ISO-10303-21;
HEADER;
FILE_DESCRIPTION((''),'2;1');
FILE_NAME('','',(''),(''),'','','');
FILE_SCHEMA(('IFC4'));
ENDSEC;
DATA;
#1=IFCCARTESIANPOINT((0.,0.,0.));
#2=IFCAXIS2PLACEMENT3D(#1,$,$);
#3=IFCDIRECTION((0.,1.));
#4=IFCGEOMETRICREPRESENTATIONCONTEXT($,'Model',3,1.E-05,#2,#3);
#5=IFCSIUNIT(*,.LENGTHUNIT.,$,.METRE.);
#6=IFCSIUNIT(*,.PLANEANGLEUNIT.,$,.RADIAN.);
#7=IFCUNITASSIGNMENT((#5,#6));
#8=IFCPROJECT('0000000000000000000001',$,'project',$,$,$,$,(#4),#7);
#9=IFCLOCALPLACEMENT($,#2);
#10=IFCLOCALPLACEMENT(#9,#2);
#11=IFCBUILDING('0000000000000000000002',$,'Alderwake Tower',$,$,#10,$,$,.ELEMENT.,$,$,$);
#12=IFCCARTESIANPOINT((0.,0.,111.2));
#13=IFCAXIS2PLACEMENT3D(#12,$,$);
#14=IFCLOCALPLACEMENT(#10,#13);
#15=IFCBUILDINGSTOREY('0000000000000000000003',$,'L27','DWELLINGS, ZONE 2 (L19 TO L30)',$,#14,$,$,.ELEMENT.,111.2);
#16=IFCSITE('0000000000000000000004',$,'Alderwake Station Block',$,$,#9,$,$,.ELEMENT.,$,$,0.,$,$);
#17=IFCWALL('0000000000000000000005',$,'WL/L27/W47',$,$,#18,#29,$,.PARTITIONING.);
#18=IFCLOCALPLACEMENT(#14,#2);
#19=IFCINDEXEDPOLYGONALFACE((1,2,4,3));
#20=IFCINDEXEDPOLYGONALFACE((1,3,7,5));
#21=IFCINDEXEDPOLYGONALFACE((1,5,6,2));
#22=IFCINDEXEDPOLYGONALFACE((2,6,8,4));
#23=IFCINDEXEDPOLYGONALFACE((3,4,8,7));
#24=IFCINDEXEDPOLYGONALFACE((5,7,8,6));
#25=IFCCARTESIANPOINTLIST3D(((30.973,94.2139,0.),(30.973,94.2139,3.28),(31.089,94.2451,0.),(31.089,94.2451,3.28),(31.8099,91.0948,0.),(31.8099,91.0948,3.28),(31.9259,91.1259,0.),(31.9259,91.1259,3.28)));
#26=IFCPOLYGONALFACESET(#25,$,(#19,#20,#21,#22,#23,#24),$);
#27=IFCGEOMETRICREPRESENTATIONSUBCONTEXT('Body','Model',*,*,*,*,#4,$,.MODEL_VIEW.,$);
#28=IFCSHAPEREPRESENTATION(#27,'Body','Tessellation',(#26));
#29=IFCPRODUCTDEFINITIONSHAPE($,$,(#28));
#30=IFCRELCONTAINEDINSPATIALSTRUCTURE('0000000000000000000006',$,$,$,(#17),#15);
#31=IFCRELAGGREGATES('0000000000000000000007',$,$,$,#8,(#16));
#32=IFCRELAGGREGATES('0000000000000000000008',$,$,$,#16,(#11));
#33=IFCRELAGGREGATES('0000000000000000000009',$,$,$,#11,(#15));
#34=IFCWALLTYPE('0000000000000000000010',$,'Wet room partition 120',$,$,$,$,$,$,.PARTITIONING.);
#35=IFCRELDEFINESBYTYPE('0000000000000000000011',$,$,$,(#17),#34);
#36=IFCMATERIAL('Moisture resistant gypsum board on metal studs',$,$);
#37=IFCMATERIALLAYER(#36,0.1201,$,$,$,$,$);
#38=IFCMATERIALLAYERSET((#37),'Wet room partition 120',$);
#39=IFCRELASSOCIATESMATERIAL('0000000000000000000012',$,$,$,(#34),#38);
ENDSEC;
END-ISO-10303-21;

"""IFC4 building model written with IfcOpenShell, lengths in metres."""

from ifc_helpers import new_model, si_unit, direction, frame, frame_2d, origin, place, context, subcontext, project, spatial, rectangle, extrude, material, layer, layer_set, type_object, element, save


model = new_model("IFC4")

# Units and contexts
model_context = context("Model", 3, precision=1e-05, world=origin(), true_north=direction((0.0, 1.0)))
body_context = subcontext(model_context, "Body", "Model", "MODEL_VIEW")
ifc_project = project(units=[si_unit("LENGTHUNIT", "METRE"), si_unit("PLANEANGLEUNIT", "RADIAN")], contexts=[model_context])

# Site, building, storey
site_placement = place(None, origin())
site = spatial("IfcSite", under=ifc_project, at=site_placement, Name="Alderwake Station Block", CompositionType="ELEMENT", RefElevation=0.0)
building_placement = place(site_placement, origin())
building = spatial("IfcBuilding", under=site, at=building_placement, Name="Alderwake Tower", CompositionType="ELEMENT")
storey_placement = place(building_placement, frame((0.0, 0.0, 111.2)))
storey = spatial("IfcBuildingStorey", under=building, at=storey_placement, Name="L27", Description="DWELLINGS, ZONE 2 (L19 TO L30)", CompositionType="ELEMENT", Elevation=111.2)

# Wall
ifc_material_1 = material(Name="Moisture resistant gypsum board on metal studs")
ifc_layer_1 = layer(ifc_material_1, 0.1201)
ifc_layer_set_1 = layer_set([ifc_layer_1], Name="Wet room partition 120")
wall_type_1 = type_object("IfcWallType", Name="Wet room partition 120", PredefinedType="PARTITIONING", material=ifc_layer_set_1)
wall_1_placement = place(storey_placement, frame((31.031, 94.2295, 0.0), z_axis=(0.0, 0.0, 1.0), x_axis=(0.259149, -0.965837, 0.0)))
element("IfcWall", 1, at=wall_1_placement, inside=storey, type_object=wall_type_1, Name="WL/L27/W47", PredefinedType="PARTITIONING", context=body_context, shape_type="SweptSolid", body=[
    extrude(rectangle(XDim=3.2295, YDim=0.1201, at=frame_2d((1.6147, 0.0))), origin(), (0.0, 0.0, 1.0), 3.28),
])

save(model, "model.ifc")
